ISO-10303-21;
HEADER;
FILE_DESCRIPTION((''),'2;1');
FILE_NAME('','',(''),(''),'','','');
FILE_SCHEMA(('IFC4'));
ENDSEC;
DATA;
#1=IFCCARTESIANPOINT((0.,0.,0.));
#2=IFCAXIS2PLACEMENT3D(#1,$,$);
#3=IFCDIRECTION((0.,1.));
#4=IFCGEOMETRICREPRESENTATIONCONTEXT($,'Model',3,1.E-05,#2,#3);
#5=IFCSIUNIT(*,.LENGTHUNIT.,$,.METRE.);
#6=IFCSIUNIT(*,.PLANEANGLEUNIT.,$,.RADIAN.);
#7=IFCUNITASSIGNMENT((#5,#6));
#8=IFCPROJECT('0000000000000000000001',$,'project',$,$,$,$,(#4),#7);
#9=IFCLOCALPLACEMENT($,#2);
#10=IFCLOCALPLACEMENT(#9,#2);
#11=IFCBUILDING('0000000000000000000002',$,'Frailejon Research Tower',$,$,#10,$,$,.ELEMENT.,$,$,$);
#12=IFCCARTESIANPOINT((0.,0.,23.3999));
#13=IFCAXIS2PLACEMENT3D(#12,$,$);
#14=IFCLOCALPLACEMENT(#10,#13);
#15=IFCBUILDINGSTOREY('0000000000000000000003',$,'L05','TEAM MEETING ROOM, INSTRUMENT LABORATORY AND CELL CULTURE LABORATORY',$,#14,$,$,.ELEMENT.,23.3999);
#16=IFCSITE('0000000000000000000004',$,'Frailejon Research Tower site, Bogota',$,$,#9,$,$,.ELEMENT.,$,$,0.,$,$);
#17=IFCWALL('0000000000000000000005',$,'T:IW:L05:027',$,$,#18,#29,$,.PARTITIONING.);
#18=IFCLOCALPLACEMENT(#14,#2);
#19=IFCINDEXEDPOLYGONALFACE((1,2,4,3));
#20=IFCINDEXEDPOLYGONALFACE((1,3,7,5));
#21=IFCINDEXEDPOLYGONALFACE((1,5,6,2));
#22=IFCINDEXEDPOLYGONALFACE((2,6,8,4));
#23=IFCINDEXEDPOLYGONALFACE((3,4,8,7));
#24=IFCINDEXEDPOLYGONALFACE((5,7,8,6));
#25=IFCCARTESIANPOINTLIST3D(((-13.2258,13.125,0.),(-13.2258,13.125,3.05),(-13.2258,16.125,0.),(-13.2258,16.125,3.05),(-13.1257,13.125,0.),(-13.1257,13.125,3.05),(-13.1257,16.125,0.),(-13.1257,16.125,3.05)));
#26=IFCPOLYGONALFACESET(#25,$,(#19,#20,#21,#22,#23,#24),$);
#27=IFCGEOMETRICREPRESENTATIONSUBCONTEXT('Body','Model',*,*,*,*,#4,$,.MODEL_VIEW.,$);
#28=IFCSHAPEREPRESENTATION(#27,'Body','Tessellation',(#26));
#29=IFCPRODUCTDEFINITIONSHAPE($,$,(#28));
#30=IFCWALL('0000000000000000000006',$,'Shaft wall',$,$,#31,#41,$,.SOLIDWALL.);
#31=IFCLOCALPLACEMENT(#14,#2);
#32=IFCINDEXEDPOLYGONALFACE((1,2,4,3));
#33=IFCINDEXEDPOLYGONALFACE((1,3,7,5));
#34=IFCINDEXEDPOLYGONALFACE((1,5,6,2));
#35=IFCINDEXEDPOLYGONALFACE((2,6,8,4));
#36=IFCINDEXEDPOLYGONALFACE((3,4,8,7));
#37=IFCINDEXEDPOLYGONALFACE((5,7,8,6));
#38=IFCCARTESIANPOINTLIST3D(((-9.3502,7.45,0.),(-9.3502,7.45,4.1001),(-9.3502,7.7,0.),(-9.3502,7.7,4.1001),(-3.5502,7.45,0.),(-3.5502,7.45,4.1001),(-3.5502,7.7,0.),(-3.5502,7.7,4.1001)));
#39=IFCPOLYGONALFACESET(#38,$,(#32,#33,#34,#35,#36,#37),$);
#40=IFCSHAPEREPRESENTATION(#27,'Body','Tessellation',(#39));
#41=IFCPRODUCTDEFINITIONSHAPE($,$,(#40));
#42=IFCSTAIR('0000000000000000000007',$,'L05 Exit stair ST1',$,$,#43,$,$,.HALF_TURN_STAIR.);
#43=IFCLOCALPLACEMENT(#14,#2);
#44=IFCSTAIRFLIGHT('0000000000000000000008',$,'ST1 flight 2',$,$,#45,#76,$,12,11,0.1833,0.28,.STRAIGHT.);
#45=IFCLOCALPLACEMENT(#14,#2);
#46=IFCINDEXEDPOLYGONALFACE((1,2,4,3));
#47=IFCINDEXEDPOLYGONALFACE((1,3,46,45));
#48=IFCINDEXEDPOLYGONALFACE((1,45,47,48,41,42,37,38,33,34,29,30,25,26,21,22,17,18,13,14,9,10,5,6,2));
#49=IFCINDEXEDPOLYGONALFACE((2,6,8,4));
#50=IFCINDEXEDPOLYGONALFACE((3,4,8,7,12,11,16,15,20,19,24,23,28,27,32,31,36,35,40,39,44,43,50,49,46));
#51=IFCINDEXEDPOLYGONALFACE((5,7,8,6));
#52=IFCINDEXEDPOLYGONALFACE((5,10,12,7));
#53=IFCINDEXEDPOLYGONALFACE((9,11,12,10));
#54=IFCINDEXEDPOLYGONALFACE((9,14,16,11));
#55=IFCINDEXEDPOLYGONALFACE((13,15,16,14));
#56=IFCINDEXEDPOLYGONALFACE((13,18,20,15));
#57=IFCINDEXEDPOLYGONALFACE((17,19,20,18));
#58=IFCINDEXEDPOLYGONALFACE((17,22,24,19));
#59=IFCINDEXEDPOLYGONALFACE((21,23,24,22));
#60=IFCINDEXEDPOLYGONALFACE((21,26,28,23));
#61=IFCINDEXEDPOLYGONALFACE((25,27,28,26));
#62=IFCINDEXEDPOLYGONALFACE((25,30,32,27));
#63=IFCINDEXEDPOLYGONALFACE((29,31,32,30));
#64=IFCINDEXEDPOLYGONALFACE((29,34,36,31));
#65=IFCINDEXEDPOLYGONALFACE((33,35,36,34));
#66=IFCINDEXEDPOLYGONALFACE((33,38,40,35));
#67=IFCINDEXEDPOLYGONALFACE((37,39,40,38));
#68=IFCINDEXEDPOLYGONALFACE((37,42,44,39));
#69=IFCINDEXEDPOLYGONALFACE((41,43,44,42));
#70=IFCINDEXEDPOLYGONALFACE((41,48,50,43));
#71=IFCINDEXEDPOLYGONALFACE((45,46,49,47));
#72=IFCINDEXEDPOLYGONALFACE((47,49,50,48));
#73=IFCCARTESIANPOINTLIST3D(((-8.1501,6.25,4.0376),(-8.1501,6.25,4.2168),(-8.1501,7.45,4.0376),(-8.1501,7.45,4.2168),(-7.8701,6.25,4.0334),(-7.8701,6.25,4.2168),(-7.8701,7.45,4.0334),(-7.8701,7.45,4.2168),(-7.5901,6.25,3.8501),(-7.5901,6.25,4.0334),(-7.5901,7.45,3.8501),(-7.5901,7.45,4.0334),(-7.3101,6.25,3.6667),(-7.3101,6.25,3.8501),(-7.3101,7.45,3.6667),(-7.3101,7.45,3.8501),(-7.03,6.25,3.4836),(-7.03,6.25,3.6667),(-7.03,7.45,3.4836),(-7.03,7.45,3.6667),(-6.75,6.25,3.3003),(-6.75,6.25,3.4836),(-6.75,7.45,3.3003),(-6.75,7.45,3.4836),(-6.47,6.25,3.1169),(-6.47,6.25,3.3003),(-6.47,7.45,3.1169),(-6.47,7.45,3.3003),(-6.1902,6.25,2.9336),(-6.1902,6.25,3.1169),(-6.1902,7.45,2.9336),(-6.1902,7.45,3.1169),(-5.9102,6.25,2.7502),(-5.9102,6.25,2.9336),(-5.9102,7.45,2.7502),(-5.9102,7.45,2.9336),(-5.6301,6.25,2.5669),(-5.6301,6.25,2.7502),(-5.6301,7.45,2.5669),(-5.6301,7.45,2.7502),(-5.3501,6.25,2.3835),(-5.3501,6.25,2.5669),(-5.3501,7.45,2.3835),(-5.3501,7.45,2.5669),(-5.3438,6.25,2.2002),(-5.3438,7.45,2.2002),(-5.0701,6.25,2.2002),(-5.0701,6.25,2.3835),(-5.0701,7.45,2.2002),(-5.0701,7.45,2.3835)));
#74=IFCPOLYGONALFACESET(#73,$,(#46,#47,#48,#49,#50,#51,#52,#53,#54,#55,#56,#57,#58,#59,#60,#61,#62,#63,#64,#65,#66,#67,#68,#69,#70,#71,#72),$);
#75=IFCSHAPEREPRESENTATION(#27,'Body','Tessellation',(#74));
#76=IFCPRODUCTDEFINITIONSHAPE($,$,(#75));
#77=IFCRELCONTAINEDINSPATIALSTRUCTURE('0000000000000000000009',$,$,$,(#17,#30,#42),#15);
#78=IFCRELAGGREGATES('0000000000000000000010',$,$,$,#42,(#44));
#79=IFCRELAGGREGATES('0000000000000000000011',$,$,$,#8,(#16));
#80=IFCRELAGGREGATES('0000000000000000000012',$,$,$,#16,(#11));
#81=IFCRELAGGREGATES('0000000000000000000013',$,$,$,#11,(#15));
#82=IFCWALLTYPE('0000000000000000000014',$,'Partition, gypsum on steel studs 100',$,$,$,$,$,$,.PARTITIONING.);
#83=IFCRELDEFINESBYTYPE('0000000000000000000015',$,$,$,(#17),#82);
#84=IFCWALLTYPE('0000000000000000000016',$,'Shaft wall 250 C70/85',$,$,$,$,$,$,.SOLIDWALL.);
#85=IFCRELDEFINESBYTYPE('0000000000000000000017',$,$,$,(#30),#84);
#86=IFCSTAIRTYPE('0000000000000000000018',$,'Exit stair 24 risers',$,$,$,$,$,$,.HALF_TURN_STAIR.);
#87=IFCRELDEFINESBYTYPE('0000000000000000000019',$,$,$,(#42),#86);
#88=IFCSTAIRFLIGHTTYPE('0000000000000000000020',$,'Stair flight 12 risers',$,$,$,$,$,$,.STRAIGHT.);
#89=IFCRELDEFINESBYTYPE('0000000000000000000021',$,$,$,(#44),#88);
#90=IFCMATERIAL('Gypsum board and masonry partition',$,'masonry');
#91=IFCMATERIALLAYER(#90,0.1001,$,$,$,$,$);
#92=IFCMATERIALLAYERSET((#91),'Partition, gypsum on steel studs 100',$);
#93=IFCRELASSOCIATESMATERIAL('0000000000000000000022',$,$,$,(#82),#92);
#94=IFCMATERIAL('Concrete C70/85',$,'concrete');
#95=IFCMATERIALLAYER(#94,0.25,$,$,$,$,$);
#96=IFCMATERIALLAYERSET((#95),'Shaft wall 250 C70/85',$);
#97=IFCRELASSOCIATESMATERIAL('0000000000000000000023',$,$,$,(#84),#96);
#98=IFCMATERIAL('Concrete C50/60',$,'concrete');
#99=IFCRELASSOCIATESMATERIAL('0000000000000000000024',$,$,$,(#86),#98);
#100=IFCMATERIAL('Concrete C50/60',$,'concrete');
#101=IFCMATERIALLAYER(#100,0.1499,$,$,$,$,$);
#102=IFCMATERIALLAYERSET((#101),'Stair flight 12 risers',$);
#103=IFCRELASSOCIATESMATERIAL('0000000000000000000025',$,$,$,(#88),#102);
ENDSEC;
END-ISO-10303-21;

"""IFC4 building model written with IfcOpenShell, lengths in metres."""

from ifc_helpers import new_model, si_unit, direction, frame, frame_2d, origin, place, context, subcontext, project, spatial, polyline, rectangle, outline, extrude, material, layer, layer_set, type_object, element, aggregate, save


model = new_model("IFC4")

# Units and contexts
model_context = context("Model", 3, precision=1e-05, world=origin(), true_north=direction((0.0, 1.0)))
body_context = subcontext(model_context, "Body", "Model", "MODEL_VIEW")
ifc_project = project(units=[si_unit("LENGTHUNIT", "METRE"), si_unit("PLANEANGLEUNIT", "RADIAN")], contexts=[model_context])

# Site, building, storey
site_placement = place(None, origin())
site = spatial("IfcSite", under=ifc_project, at=site_placement, Name="Frailejon Research Tower site, Bogota", CompositionType="ELEMENT", RefElevation=0.0)
building_placement = place(site_placement, origin())
building = spatial("IfcBuilding", under=site, at=building_placement, Name="Frailejon Research Tower", CompositionType="ELEMENT")
storey_placement = place(building_placement, frame((0.0, 0.0, 23.3999)))
storey = spatial("IfcBuildingStorey", under=building, at=storey_placement, Name="L05", Description="TEAM MEETING ROOM, INSTRUMENT LABORATORY AND CELL CULTURE LABORATORY", CompositionType="ELEMENT", Elevation=23.3999)

# Walls
ifc_material_1 = material(Name="Gypsum board and masonry partition", Category="masonry")
ifc_layer_1 = layer(ifc_material_1, 0.1001)
ifc_layer_set_1 = layer_set([ifc_layer_1], Name="Partition, gypsum on steel studs 100")
wall_type_1 = type_object("IfcWallType", Name="Partition, gypsum on steel studs 100", PredefinedType="PARTITIONING", material=ifc_layer_set_1)
wall_1_placement = place(storey_placement, frame((-13.1758, 13.125, 0.0), z_axis=(0.0, 0.0, 1.0), x_axis=(0.0, 1.0, 0.0)))
element("IfcWall", 1, at=wall_1_placement, inside=storey, type_object=wall_type_1, Name="T:IW:L05:027", PredefinedType="PARTITIONING", context=body_context, shape_type="SweptSolid", body=[
    extrude(rectangle(XDim=3.0, YDim=0.1001, at=frame_2d((1.5, 0.0))), origin(), (0.0, 0.0, 1.0), 3.05),
])
ifc_material_2 = material(Name="Concrete C70/85", Category="concrete")
ifc_layer_2 = layer(ifc_material_2, 0.25)
ifc_layer_set_2 = layer_set([ifc_layer_2], Name="Shaft wall 250 C70/85")
wall_type_2 = type_object("IfcWallType", Name="Shaft wall 250 C70/85", PredefinedType="SOLIDWALL", material=ifc_layer_set_2)
wall_2_placement = place(storey_placement, frame((-9.3501, 7.575, 0.0), z_axis=(0.0, 0.0, 1.0), x_axis=(1.0, 0.0, 0.0)))
element("IfcWall", 2, at=wall_2_placement, inside=storey, type_object=wall_type_2, Name="Shaft wall", PredefinedType="SOLIDWALL", context=body_context, shape_type="SweptSolid", body=[
    extrude(rectangle(XDim=5.8, YDim=0.25, at=frame_2d((2.8999, 0.0))), origin(), (0.0, 0.0, 1.0), 4.1001),
])

# Stair, stair flight
ifc_material_3 = material(Name="Concrete C50/60", Category="concrete")
stair_type = type_object("IfcStairType", Name="Exit stair 24 risers", PredefinedType="HALF_TURN_STAIR", material=ifc_material_3)
stair_placement = place(storey_placement, origin())
stair = element("IfcStair", 3, at=stair_placement, inside=storey, type_object=stair_type, Name="L05 Exit stair ST1", PredefinedType="HALF_TURN_STAIR")
ifc_material_4 = material(Name="Concrete C50/60", Category="concrete")
ifc_layer_3 = layer(ifc_material_4, 0.1499)
ifc_layer_set_3 = layer_set([ifc_layer_3], Name="Stair flight 12 risers")
stair_flight_type = type_object("IfcStairFlightType", Name="Stair flight 12 risers", PredefinedType="STRAIGHT", material=ifc_layer_set_3)
stair_flight_placement = place(storey_placement, frame((-5.0701, 6.8501, 2.2002), z_axis=(0.0, 0.0, 1.0), x_axis=(-1.0, 0.0, 0.0)))
stair_flight = element("IfcStairFlight", 4, at=stair_flight_placement, type_object=stair_flight_type, Name="ST1 flight 2", NumberOfRisers=12, NumberOfTreads=11, PredefinedType="STRAIGHT", RiserHeight=0.1833, TreadLength=0.28, context=body_context, shape_type="SweptSolid", body=[
    extrude(outline(polyline([(0.0, 0.0), (0.0, 0.1833), (0.28, 0.1833), (0.28, 0.3667), (0.5601, 0.3667), (0.5601, 0.55), (0.8401, 0.55), (0.8401, 0.7334), (1.1201, 0.7334), (1.1201, 0.9167), (1.3999, 0.9167), (1.3999, 1.1001), (1.6799, 1.1001), (1.6799, 1.2834), (1.96, 1.2834), (1.96, 1.4666), (2.24, 1.4666), (2.24, 1.6499), (2.52, 1.6499), (2.52, 1.8333), (2.8, 1.8333), (2.8, 2.0166), (3.0801, 2.0166), (3.0801, 2.2), (3.0801, 1.8374), (0.2737, 0.0), (0.0, 0.0)])), frame((0.0, 0.6001, 0.0), z_axis=(0.0, -1.0, 0.0), x_axis=(1.0, 0.0, 0.0)), (0.0, 0.0, 1.0), 1.2),
])
aggregate(stair, [stair_flight])

save(model, "model.ifc")
